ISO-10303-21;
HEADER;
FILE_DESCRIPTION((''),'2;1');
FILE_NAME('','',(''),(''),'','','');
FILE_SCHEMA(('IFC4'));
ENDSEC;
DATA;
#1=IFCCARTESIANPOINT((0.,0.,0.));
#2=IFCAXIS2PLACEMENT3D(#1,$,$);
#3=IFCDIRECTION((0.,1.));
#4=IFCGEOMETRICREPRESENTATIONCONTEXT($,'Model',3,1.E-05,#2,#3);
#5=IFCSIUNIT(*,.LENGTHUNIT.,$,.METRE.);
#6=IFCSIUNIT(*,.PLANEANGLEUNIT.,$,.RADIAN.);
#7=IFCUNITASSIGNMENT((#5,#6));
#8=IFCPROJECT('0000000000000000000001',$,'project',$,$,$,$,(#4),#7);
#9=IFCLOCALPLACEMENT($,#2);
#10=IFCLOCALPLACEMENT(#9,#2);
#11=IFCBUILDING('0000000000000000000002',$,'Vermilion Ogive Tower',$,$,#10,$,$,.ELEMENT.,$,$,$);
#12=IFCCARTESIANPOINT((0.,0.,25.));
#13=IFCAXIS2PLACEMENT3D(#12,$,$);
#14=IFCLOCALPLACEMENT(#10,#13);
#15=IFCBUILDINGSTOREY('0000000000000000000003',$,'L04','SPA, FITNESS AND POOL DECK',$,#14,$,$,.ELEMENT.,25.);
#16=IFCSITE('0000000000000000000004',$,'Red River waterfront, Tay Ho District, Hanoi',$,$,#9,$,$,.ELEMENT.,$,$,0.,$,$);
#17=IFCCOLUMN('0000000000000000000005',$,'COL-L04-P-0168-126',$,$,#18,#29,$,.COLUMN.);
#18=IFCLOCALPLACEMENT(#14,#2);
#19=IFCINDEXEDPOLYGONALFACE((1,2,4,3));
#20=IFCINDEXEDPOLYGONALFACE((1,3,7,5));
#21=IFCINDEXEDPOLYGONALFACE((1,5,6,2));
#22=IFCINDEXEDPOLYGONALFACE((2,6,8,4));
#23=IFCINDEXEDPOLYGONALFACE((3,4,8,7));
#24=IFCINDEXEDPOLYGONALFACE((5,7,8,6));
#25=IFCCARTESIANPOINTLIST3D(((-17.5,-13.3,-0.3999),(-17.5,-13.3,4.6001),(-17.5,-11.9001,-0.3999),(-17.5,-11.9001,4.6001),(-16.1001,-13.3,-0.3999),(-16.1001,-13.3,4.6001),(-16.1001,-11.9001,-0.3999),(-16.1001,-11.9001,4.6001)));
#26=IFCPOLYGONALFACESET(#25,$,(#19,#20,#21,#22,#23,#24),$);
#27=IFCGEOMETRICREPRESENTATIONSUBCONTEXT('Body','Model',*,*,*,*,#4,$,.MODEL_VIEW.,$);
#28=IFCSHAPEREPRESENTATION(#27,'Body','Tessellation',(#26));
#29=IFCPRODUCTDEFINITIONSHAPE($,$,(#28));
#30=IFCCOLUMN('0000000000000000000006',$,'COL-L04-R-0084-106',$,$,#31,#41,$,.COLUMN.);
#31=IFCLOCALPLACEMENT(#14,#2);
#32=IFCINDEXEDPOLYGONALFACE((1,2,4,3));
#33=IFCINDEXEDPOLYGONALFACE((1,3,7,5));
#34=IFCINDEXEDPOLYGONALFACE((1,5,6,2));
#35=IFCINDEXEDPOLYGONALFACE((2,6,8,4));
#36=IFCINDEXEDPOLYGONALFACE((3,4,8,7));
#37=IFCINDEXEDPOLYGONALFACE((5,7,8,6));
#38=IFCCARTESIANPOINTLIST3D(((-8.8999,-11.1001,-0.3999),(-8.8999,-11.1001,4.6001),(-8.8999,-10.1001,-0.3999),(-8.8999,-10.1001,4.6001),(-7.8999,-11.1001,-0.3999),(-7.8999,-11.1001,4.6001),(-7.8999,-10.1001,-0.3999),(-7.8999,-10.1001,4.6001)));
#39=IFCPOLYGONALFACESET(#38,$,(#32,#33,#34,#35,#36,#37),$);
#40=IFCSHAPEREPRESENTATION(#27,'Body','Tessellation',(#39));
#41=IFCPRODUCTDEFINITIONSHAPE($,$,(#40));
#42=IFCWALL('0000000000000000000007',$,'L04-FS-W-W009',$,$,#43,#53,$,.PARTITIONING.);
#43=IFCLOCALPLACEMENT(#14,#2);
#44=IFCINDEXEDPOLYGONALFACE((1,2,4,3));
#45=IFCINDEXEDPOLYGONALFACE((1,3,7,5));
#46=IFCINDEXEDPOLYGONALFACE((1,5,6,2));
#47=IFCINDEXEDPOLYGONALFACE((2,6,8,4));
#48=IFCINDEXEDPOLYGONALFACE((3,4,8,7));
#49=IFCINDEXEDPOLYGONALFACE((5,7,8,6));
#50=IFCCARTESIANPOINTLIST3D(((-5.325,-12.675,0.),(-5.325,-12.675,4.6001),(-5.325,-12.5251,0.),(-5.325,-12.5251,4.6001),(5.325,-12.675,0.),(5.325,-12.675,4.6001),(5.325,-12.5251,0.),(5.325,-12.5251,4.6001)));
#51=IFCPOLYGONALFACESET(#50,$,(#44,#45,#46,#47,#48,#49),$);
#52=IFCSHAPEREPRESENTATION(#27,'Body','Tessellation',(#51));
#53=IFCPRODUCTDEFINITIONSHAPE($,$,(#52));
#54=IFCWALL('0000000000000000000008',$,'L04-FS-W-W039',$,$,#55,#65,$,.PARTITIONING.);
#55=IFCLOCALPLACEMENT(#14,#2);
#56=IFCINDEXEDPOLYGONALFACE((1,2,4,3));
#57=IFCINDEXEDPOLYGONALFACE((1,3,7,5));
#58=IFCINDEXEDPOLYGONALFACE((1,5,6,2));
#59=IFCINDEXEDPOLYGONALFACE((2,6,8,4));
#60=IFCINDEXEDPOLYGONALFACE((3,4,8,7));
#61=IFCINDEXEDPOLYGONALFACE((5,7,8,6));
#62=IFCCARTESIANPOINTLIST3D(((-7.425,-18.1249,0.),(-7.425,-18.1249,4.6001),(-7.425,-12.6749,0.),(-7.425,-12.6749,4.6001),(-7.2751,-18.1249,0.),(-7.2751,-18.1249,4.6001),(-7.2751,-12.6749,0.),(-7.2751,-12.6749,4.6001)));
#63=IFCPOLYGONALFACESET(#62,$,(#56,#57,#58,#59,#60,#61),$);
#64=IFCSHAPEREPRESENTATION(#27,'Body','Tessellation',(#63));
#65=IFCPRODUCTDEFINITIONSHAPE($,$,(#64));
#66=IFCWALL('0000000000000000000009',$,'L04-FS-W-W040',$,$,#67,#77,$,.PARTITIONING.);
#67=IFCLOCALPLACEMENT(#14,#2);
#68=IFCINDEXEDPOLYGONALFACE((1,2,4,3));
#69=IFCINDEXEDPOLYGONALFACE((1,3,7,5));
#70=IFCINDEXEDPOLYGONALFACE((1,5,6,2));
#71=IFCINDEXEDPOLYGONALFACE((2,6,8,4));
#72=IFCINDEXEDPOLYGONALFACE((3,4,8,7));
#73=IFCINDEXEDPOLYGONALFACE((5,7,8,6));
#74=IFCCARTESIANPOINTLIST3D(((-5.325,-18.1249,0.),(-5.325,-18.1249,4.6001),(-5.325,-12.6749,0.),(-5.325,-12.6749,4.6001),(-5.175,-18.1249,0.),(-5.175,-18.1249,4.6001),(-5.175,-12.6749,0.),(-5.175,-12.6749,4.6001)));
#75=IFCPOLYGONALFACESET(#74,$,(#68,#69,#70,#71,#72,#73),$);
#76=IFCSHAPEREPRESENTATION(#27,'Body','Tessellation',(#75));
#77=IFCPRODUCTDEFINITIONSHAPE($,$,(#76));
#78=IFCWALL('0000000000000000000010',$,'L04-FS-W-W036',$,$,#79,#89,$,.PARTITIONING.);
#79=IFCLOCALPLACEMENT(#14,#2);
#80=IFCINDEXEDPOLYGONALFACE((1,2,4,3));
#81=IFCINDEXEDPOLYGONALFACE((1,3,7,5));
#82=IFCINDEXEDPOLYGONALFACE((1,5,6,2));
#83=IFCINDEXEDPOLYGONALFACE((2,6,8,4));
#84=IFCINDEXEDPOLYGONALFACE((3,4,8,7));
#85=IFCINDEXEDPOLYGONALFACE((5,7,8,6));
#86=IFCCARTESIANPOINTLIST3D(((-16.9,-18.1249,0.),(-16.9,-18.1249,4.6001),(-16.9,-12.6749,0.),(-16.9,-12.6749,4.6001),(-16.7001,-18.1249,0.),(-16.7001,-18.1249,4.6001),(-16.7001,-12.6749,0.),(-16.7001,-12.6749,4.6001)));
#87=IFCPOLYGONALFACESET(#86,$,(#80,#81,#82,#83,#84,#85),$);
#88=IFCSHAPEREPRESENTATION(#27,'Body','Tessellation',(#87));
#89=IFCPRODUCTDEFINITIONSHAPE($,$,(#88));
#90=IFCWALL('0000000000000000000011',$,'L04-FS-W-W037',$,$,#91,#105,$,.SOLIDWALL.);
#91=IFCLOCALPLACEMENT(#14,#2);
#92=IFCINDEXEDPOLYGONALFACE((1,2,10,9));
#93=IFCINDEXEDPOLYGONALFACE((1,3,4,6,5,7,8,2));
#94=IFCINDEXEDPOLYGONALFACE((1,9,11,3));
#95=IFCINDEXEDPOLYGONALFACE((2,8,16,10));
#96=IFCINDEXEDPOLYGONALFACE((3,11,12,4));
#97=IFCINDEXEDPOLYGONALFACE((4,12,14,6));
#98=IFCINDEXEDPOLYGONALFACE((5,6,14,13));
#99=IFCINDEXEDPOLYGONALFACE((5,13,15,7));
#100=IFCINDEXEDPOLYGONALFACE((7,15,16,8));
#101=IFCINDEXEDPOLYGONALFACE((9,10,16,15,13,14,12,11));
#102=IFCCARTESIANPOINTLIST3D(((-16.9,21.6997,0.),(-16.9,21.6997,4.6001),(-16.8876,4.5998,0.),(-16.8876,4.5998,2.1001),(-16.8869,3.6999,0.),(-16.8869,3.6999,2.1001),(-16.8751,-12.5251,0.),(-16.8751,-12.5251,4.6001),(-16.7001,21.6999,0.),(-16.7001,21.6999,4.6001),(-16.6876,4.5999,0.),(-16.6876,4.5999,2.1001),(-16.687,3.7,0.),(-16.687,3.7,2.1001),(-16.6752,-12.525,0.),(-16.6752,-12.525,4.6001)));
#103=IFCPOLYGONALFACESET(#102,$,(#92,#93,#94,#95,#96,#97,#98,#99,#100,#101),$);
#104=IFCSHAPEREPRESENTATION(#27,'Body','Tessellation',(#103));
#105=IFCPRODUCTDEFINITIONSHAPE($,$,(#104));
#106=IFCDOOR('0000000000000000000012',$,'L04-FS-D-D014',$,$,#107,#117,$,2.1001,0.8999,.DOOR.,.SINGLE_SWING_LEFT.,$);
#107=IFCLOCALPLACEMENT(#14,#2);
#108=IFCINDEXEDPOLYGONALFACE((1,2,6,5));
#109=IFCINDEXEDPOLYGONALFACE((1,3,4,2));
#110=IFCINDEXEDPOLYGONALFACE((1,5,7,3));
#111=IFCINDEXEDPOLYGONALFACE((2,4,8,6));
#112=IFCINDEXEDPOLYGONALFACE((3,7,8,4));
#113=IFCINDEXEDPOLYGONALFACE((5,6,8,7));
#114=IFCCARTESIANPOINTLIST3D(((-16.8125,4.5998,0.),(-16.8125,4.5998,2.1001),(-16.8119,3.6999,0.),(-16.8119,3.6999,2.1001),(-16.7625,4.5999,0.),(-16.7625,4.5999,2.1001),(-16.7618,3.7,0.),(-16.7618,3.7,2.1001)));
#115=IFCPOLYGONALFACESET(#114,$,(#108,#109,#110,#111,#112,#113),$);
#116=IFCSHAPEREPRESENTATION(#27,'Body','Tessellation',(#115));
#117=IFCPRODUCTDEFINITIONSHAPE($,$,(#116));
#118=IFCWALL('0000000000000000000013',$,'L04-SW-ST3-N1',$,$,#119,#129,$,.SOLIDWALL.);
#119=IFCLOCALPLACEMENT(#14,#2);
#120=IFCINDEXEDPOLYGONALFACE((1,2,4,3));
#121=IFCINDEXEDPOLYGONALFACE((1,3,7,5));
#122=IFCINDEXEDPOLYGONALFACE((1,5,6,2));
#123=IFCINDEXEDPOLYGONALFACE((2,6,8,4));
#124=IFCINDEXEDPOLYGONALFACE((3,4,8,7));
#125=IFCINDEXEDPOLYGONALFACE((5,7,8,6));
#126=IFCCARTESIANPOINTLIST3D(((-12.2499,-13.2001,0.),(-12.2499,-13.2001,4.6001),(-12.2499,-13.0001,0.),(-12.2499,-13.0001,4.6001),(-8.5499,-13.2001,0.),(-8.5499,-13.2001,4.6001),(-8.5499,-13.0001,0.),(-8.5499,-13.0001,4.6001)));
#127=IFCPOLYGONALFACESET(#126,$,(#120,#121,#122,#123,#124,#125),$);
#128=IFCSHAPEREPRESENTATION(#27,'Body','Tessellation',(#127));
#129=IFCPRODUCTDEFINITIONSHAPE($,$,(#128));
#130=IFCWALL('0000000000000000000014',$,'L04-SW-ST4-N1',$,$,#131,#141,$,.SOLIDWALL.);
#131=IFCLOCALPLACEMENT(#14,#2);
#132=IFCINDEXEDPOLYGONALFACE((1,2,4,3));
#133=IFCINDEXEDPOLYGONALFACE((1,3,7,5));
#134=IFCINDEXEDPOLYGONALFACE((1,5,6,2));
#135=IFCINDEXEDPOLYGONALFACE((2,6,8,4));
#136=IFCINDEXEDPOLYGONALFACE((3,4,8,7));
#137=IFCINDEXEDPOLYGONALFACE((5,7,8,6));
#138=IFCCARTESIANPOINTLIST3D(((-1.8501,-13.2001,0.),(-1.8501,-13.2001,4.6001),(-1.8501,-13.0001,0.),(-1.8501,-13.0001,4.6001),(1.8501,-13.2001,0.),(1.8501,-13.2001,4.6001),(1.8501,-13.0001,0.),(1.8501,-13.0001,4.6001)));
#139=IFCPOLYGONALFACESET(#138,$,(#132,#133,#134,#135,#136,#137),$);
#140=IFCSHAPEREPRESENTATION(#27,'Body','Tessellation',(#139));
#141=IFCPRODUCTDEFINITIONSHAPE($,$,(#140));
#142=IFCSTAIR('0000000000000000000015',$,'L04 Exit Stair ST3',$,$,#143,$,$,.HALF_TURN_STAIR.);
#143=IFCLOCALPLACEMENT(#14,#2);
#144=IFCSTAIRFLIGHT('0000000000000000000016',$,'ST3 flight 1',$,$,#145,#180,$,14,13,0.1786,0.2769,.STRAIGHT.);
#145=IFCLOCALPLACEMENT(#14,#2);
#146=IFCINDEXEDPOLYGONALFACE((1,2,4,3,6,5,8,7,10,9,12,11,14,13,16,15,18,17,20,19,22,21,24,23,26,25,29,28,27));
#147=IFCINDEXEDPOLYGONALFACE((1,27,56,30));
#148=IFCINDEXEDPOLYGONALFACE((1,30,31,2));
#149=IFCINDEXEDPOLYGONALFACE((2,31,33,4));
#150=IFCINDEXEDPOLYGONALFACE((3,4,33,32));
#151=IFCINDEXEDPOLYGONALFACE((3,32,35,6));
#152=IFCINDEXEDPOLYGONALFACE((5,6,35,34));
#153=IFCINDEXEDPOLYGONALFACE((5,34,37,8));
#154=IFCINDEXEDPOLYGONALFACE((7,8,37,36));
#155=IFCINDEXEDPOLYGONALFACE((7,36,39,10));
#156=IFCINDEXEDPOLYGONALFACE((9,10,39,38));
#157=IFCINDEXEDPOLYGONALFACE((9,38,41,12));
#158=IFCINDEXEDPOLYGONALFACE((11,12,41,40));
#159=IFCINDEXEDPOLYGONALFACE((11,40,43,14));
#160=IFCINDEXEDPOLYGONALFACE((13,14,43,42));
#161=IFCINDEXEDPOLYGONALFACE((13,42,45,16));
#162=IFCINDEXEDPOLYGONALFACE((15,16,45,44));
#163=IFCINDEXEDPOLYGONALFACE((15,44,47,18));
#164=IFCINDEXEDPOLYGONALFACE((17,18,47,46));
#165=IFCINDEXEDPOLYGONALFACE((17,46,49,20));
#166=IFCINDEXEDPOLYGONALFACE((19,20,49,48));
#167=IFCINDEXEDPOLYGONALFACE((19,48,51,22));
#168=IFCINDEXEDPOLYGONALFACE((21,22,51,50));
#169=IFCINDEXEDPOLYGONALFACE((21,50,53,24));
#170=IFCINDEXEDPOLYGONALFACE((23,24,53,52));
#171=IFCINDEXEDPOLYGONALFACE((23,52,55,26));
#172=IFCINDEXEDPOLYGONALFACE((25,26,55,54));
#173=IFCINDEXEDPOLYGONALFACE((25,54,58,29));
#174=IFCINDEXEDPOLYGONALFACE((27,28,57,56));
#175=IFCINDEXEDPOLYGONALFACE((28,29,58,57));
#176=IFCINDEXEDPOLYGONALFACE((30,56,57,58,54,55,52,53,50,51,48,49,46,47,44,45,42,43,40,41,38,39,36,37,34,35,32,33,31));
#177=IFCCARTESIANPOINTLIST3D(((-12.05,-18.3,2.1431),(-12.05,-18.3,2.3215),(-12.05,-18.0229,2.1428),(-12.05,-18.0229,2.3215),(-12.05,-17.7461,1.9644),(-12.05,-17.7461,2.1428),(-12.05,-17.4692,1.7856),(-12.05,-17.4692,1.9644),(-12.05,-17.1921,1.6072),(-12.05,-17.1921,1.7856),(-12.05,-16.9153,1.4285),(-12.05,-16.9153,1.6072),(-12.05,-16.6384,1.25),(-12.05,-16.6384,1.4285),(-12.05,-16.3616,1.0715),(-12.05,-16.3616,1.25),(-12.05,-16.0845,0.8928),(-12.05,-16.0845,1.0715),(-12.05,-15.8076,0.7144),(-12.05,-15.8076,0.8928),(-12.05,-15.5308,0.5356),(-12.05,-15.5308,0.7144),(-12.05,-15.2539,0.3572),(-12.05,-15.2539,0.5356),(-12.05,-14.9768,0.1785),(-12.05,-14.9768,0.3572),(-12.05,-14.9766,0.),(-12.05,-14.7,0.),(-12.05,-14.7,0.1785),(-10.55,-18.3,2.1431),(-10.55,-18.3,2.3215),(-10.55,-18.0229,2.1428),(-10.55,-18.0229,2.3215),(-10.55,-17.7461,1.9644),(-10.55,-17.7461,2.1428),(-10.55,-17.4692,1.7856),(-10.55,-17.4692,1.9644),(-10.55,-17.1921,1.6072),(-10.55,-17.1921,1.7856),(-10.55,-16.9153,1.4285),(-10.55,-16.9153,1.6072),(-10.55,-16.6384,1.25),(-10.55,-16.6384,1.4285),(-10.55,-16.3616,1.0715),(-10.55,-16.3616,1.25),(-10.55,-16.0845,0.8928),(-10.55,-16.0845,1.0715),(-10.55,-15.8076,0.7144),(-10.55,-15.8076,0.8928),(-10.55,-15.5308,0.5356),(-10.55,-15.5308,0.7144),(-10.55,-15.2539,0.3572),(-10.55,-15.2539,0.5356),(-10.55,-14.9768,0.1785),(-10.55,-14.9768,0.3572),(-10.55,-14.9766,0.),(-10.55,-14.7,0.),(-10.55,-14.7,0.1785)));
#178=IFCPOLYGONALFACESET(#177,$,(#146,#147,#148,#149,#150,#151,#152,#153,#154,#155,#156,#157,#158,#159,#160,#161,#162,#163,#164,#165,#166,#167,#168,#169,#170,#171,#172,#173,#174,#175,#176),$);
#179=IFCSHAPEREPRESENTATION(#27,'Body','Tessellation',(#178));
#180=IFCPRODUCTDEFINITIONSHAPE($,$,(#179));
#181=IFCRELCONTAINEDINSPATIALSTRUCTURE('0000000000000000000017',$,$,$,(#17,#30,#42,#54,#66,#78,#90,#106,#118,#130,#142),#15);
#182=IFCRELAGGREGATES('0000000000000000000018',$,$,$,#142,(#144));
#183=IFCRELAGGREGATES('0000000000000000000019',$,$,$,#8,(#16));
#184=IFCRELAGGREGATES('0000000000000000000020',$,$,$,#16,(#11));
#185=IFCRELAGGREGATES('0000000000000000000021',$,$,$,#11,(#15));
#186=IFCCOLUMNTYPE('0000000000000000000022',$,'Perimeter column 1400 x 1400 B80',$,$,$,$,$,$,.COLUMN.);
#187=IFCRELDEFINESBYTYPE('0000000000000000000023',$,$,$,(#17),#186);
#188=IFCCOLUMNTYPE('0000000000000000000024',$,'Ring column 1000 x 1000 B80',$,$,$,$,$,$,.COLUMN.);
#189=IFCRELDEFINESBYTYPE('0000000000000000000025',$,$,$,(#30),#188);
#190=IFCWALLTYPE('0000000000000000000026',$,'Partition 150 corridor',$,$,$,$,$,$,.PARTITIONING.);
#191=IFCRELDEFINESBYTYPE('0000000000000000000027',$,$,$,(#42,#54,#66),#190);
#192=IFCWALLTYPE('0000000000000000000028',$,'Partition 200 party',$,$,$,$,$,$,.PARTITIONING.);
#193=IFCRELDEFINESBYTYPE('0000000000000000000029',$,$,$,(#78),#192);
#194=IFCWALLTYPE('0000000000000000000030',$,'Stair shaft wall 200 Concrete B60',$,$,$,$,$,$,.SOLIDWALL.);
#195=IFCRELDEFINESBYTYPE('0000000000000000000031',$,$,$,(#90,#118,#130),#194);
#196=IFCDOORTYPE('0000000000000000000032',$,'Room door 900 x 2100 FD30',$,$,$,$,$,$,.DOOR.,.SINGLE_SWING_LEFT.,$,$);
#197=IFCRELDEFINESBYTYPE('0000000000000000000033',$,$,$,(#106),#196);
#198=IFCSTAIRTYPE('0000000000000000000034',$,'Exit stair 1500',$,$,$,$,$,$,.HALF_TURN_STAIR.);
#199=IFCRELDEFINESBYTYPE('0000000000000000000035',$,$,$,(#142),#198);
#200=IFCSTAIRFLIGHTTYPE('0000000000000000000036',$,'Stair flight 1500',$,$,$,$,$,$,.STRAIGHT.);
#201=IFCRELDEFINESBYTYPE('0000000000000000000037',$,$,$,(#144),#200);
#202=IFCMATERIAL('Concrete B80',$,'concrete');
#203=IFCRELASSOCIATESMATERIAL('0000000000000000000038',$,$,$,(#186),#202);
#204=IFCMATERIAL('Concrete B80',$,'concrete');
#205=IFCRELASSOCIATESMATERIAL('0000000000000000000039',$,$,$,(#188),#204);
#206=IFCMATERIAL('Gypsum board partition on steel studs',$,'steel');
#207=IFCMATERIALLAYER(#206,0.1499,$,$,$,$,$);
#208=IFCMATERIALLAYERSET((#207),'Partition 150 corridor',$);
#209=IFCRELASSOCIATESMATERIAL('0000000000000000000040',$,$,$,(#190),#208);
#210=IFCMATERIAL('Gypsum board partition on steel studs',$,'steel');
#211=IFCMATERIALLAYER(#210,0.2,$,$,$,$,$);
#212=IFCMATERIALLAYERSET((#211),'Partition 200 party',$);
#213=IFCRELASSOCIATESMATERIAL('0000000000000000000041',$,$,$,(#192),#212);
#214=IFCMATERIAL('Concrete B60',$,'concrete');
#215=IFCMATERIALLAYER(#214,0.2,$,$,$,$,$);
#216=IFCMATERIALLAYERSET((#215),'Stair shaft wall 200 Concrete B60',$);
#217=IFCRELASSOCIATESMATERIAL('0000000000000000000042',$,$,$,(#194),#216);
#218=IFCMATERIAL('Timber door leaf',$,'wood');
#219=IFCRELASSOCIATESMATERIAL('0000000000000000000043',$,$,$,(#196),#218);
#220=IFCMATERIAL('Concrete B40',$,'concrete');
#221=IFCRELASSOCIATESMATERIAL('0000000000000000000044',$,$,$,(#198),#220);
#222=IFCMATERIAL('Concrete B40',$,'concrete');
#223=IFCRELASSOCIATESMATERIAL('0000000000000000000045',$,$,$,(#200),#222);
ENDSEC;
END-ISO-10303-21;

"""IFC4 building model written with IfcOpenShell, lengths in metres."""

from ifc_helpers import new_model, si_unit, direction, frame, frame_2d, origin, origin_2d, place, context, subcontext, project, spatial, polyline, rectangle, outline, extrude, material, layer, layer_set, material_profile, profile_set, type_object, element, fill, aggregate, save


model = new_model("IFC4")

# Units and contexts
model_context = context("Model", 3, precision=1e-05, world=origin(), true_north=direction((0.0, 1.0)))
body_context = subcontext(model_context, "Body", "Model", "MODEL_VIEW")
ifc_project = project(units=[si_unit("LENGTHUNIT", "METRE"), si_unit("PLANEANGLEUNIT", "RADIAN")], contexts=[model_context])

# Site, building, storey
site_placement = place(None, origin())
site = spatial("IfcSite", under=ifc_project, at=site_placement, Name="Red River waterfront, Tay Ho District, Hanoi", CompositionType="ELEMENT", RefElevation=0.0)
building_placement = place(site_placement, origin())
building = spatial("IfcBuilding", under=site, at=building_placement, Name="Vermilion Ogive Tower", CompositionType="ELEMENT")
storey_placement = place(building_placement, frame((0.0, 0.0, 25.0)))
storey = spatial("IfcBuildingStorey", under=building, at=storey_placement, Name="L04", Description="SPA, FITNESS AND POOL DECK", CompositionType="ELEMENT", Elevation=25.0)

# Columns
ifc_material_1 = material(Name="Concrete B80", Category="concrete")
ifc_material_profile_1 = material_profile(ifc_material_1, rectangle(XDim=1.3999, YDim=1.3999, at=origin_2d()), Name="1400 x 1400")
ifc_profile_set_1 = profile_set([ifc_material_profile_1], Name="Concrete B80")
column_type_1 = type_object("IfcColumnType", Name="Perimeter column 1400 x 1400 B80", PredefinedType="COLUMN", material=ifc_profile_set_1)
column_1_placement = place(storey_placement, frame((-16.8, -12.6001, -0.3999), z_axis=(0.0, 0.0, 1.0), x_axis=(1.0, 0.0, 0.0)))
element("IfcColumn", 1, at=column_1_placement, inside=storey, type_object=column_type_1, Name="COL-L04-P-0168-126", PredefinedType="COLUMN", context=body_context, shape_type="SweptSolid", body=[
    extrude(rectangle(XDim=1.3999, YDim=1.3999, at=origin_2d()), origin(), (0.0, 0.0, 1.0), 5.0),
])
ifc_material_2 = material(Name="Concrete B80", Category="concrete")
ifc_material_profile_2 = material_profile(ifc_material_2, rectangle(XDim=1.0, YDim=1.0, at=origin_2d()), Name="1000 x 1000")
ifc_profile_set_2 = profile_set([ifc_material_profile_2], Name="Concrete B80")
column_type_2 = type_object("IfcColumnType", Name="Ring column 1000 x 1000 B80", PredefinedType="COLUMN", material=ifc_profile_set_2)
column_2_placement = place(storey_placement, frame((-8.3999, -10.6001, -0.3999), z_axis=(0.0, 0.0, 1.0), x_axis=(1.0, 0.0, 0.0)))
element("IfcColumn", 2, at=column_2_placement, inside=storey, type_object=column_type_2, Name="COL-L04-R-0084-106", PredefinedType="COLUMN", context=body_context, shape_type="SweptSolid", body=[
    extrude(rectangle(XDim=1.0, YDim=1.0, at=origin_2d()), origin(), (0.0, 0.0, 1.0), 5.0),
])

# Walls
ifc_material_3 = material(Name="Gypsum board partition on steel studs", Category="steel")
ifc_layer_1 = layer(ifc_material_3, 0.1499)
ifc_layer_set_1 = layer_set([ifc_layer_1], Name="Partition 150 corridor")
wall_type_1 = type_object("IfcWallType", Name="Partition 150 corridor", PredefinedType="PARTITIONING", material=ifc_layer_set_1)
wall_1_placement = place(storey_placement, frame((-5.325, -12.6001, 0.0), z_axis=(0.0, 0.0, 1.0), x_axis=(1.0, 0.0, 0.0)))
element("IfcWall", 3, at=wall_1_placement, inside=storey, type_object=wall_type_1, Name="L04-FS-W-W009", PredefinedType="PARTITIONING", context=body_context, shape_type="SweptSolid", body=[
    extrude(rectangle(XDim=10.6499, YDim=0.1499, at=frame_2d((5.325, 0.0))), origin(), (0.0, 0.0, 1.0), 4.6001),
])
for number, where, z_axis, x_axis, name in (
    (4, (-7.3501, -18.125, 0.0), (0.0, 0.0, 1.0), (0.0, 1.0, 0.0), "L04-FS-W-W039"),
    (5, (-5.25, -18.125, 0.0), (0.0, 0.0, 1.0), (0.0, 1.0, 0.0), "L04-FS-W-W040"),
):
    element("IfcWall", number, at=place(storey_placement, frame(where, z_axis=z_axis, x_axis=x_axis)), inside=storey, type_object=wall_type_1, Name=name, PredefinedType="PARTITIONING", context=body_context, shape_type="SweptSolid", body=[
        extrude(rectangle(XDim=5.45, YDim=0.1499, at=frame_2d((2.7251, 0.0))), origin(), (0.0, 0.0, 1.0), 4.6001),
    ])
ifc_material_4 = material(Name="Gypsum board partition on steel studs", Category="steel")
ifc_layer_2 = layer(ifc_material_4, 0.2)
ifc_layer_set_2 = layer_set([ifc_layer_2], Name="Partition 200 party")
wall_type_2 = type_object("IfcWallType", Name="Partition 200 party", PredefinedType="PARTITIONING", material=ifc_layer_set_2)
wall_2_placement = place(storey_placement, frame((-16.8, -18.125, 0.0), z_axis=(0.0, 0.0, 1.0), x_axis=(0.0, 1.0, 0.0)))
element("IfcWall", 6, at=wall_2_placement, inside=storey, type_object=wall_type_2, Name="L04-FS-W-W036", PredefinedType="PARTITIONING", context=body_context, shape_type="SweptSolid", body=[
    extrude(rectangle(XDim=5.45, YDim=0.2, at=frame_2d((2.7251, 0.0))), origin(), (0.0, 0.0, 1.0), 4.6001),
])

# Wall, opening, door
ifc_material_5 = material(Name="Concrete B60", Category="concrete")
ifc_layer_3 = layer(ifc_material_5, 0.2)
ifc_layer_set_3 = layer_set([ifc_layer_3], Name="Stair shaft wall 200 Concrete B60")
wall_type_3 = type_object("IfcWallType", Name="Stair shaft wall 200 Concrete B60", PredefinedType="SOLIDWALL", material=ifc_layer_set_3)
wall_3_placement = place(storey_placement, frame((-16.7751, -12.5249, 0.0), z_axis=(0.0, 0.0, 1.0), x_axis=(-0.000728, 1.0, 0.0)))
wall_3 = element("IfcWall", 7, at=wall_3_placement, inside=storey, type_object=wall_type_3, Name="L04-FS-W-W037", PredefinedType="SOLIDWALL", context=body_context, shape_type="SweptSolid", body=[
    extrude(rectangle(XDim=34.2249, YDim=0.2, at=frame_2d((17.1123, 0.0))), origin(), (0.0, 0.0, 1.0), 4.6001),
])
opening_placement = place(wall_3_placement, frame((16.2249, 0.0, 0.0)))
opening = element("IfcOpeningElement", 8, at=opening_placement, cuts=wall_3, PredefinedType="OPENING", context=body_context, shape_type="SweptSolid", body=[
    extrude(rectangle(XDim=0.8999, YDim=2.1001, at=frame_2d((0.45, 1.05))), frame((0.0, 0.1099, 0.0), z_axis=(0.0, -1.0, 0.0), x_axis=(1.0, 0.0, 0.0)), (0.0, 0.0, 1.0), 0.22),
])
ifc_material_6 = material(Name="Timber door leaf", Category="wood")
door_type = type_object("IfcDoorType", Name="Room door 900 x 2100 FD30", OperationType="SINGLE_SWING_LEFT", PredefinedType="DOOR", material=ifc_material_6)
door_placement = place(opening_placement, origin())
door = element("IfcDoor", 9, at=door_placement, inside=storey, type_object=door_type, Name="L04-FS-D-D014", OperationType="SINGLE_SWING_LEFT", OverallHeight=2.1001, OverallWidth=0.8999, PredefinedType="DOOR", context=body_context, shape_type="SweptSolid", body=[
    extrude(rectangle(XDim=0.8999, YDim=2.1001, at=frame_2d((0.45, 1.05))), frame((0.0, 0.0249, 0.0), z_axis=(0.0, -1.0, 0.0), x_axis=(1.0, 0.0, 0.0)), (0.0, 0.0, 1.0), 0.05),
])
fill(opening, door)

# Walls
wall_4_placement = place(storey_placement, frame((-12.25, -13.1001, 0.0), z_axis=(0.0, 0.0, 1.0), x_axis=(1.0, 0.0, 0.0)))
element("IfcWall", 10, at=wall_4_placement, inside=storey, type_object=wall_type_3, Name="L04-SW-ST3-N1", PredefinedType="SOLIDWALL", context=body_context, shape_type="SweptSolid", body=[
    extrude(rectangle(XDim=3.7, YDim=0.2, at=frame_2d((1.8501, 0.0))), origin(), (0.0, 0.0, 1.0), 4.6001),
])
wall_5_placement = place(storey_placement, frame((-1.8501, -13.1001, 0.0), z_axis=(0.0, 0.0, 1.0), x_axis=(1.0, 0.0, 0.0)))
element("IfcWall", 11, at=wall_5_placement, inside=storey, type_object=wall_type_3, Name="L04-SW-ST4-N1", PredefinedType="SOLIDWALL", context=body_context, shape_type="SweptSolid", body=[
    extrude(rectangle(XDim=3.7002, YDim=0.2, at=frame_2d((1.8501, 0.0))), origin(), (0.0, 0.0, 1.0), 4.6001),
])

# Stair, stair flight
ifc_material_7 = material(Name="Concrete B40", Category="concrete")
stair_type = type_object("IfcStairType", Name="Exit stair 1500", PredefinedType="HALF_TURN_STAIR", material=ifc_material_7)
stair_1_placement = place(storey_placement, origin())
stair_1 = element("IfcStair", 12, at=stair_1_placement, inside=storey, type_object=stair_type, Name="L04 Exit Stair ST3", PredefinedType="HALF_TURN_STAIR")
ifc_material_8 = material(Name="Concrete B40", Category="concrete")
stair_flight_type = type_object("IfcStairFlightType", Name="Stair flight 1500", PredefinedType="STRAIGHT", material=ifc_material_8)
stair_flight_1_placement = place(storey_placement, frame((-11.3, -14.7, 0.0), z_axis=(0.0, 0.0, 1.0), x_axis=(0.0, -1.0, 0.0)))
stair_flight_1 = element("IfcStairFlight", 13, at=stair_flight_1_placement, type_object=stair_flight_type, Name="ST3 flight 1", NumberOfRisers=14, NumberOfTreads=13, PredefinedType="STRAIGHT", RiserHeight=0.1786, TreadLength=0.2769, context=body_context, shape_type="SweptSolid", body=[
    extrude(outline(polyline([(0.0, 0.0), (0.0, 0.1785), (0.2769, 0.1785), (0.2769, 0.3572), (0.554, 0.3572), (0.554, 0.5356), (0.8308, 0.5356), (0.8308, 0.7144), (1.1077, 0.7144), (1.1077, 0.8928), (1.3845, 0.8928), (1.3845, 1.0715), (1.6616, 1.0715), (1.6616, 1.25), (1.9385, 1.25), (1.9385, 1.4285), (2.2153, 1.4285), (2.2153, 1.6072), (2.4922, 1.6072), (2.4922, 1.7856), (2.7693, 1.7856), (2.7693, 1.9644), (3.0461, 1.9644), (3.0461, 2.1428), (3.323, 2.1428), (3.323, 2.3215), (3.6001, 2.3215), (3.6001, 2.5), (3.6001, 2.1431), (0.2766, 0.0), (0.0, 0.0)])), frame((0.0, 0.75, 0.0), z_axis=(0.0, -1.0, 0.0), x_axis=(1.0, 0.0, 0.0)), (0.0, 0.0, 1.0), 1.5),
])
aggregate(stair_1, [stair_flight_1])

save(model, "model.ifc")
